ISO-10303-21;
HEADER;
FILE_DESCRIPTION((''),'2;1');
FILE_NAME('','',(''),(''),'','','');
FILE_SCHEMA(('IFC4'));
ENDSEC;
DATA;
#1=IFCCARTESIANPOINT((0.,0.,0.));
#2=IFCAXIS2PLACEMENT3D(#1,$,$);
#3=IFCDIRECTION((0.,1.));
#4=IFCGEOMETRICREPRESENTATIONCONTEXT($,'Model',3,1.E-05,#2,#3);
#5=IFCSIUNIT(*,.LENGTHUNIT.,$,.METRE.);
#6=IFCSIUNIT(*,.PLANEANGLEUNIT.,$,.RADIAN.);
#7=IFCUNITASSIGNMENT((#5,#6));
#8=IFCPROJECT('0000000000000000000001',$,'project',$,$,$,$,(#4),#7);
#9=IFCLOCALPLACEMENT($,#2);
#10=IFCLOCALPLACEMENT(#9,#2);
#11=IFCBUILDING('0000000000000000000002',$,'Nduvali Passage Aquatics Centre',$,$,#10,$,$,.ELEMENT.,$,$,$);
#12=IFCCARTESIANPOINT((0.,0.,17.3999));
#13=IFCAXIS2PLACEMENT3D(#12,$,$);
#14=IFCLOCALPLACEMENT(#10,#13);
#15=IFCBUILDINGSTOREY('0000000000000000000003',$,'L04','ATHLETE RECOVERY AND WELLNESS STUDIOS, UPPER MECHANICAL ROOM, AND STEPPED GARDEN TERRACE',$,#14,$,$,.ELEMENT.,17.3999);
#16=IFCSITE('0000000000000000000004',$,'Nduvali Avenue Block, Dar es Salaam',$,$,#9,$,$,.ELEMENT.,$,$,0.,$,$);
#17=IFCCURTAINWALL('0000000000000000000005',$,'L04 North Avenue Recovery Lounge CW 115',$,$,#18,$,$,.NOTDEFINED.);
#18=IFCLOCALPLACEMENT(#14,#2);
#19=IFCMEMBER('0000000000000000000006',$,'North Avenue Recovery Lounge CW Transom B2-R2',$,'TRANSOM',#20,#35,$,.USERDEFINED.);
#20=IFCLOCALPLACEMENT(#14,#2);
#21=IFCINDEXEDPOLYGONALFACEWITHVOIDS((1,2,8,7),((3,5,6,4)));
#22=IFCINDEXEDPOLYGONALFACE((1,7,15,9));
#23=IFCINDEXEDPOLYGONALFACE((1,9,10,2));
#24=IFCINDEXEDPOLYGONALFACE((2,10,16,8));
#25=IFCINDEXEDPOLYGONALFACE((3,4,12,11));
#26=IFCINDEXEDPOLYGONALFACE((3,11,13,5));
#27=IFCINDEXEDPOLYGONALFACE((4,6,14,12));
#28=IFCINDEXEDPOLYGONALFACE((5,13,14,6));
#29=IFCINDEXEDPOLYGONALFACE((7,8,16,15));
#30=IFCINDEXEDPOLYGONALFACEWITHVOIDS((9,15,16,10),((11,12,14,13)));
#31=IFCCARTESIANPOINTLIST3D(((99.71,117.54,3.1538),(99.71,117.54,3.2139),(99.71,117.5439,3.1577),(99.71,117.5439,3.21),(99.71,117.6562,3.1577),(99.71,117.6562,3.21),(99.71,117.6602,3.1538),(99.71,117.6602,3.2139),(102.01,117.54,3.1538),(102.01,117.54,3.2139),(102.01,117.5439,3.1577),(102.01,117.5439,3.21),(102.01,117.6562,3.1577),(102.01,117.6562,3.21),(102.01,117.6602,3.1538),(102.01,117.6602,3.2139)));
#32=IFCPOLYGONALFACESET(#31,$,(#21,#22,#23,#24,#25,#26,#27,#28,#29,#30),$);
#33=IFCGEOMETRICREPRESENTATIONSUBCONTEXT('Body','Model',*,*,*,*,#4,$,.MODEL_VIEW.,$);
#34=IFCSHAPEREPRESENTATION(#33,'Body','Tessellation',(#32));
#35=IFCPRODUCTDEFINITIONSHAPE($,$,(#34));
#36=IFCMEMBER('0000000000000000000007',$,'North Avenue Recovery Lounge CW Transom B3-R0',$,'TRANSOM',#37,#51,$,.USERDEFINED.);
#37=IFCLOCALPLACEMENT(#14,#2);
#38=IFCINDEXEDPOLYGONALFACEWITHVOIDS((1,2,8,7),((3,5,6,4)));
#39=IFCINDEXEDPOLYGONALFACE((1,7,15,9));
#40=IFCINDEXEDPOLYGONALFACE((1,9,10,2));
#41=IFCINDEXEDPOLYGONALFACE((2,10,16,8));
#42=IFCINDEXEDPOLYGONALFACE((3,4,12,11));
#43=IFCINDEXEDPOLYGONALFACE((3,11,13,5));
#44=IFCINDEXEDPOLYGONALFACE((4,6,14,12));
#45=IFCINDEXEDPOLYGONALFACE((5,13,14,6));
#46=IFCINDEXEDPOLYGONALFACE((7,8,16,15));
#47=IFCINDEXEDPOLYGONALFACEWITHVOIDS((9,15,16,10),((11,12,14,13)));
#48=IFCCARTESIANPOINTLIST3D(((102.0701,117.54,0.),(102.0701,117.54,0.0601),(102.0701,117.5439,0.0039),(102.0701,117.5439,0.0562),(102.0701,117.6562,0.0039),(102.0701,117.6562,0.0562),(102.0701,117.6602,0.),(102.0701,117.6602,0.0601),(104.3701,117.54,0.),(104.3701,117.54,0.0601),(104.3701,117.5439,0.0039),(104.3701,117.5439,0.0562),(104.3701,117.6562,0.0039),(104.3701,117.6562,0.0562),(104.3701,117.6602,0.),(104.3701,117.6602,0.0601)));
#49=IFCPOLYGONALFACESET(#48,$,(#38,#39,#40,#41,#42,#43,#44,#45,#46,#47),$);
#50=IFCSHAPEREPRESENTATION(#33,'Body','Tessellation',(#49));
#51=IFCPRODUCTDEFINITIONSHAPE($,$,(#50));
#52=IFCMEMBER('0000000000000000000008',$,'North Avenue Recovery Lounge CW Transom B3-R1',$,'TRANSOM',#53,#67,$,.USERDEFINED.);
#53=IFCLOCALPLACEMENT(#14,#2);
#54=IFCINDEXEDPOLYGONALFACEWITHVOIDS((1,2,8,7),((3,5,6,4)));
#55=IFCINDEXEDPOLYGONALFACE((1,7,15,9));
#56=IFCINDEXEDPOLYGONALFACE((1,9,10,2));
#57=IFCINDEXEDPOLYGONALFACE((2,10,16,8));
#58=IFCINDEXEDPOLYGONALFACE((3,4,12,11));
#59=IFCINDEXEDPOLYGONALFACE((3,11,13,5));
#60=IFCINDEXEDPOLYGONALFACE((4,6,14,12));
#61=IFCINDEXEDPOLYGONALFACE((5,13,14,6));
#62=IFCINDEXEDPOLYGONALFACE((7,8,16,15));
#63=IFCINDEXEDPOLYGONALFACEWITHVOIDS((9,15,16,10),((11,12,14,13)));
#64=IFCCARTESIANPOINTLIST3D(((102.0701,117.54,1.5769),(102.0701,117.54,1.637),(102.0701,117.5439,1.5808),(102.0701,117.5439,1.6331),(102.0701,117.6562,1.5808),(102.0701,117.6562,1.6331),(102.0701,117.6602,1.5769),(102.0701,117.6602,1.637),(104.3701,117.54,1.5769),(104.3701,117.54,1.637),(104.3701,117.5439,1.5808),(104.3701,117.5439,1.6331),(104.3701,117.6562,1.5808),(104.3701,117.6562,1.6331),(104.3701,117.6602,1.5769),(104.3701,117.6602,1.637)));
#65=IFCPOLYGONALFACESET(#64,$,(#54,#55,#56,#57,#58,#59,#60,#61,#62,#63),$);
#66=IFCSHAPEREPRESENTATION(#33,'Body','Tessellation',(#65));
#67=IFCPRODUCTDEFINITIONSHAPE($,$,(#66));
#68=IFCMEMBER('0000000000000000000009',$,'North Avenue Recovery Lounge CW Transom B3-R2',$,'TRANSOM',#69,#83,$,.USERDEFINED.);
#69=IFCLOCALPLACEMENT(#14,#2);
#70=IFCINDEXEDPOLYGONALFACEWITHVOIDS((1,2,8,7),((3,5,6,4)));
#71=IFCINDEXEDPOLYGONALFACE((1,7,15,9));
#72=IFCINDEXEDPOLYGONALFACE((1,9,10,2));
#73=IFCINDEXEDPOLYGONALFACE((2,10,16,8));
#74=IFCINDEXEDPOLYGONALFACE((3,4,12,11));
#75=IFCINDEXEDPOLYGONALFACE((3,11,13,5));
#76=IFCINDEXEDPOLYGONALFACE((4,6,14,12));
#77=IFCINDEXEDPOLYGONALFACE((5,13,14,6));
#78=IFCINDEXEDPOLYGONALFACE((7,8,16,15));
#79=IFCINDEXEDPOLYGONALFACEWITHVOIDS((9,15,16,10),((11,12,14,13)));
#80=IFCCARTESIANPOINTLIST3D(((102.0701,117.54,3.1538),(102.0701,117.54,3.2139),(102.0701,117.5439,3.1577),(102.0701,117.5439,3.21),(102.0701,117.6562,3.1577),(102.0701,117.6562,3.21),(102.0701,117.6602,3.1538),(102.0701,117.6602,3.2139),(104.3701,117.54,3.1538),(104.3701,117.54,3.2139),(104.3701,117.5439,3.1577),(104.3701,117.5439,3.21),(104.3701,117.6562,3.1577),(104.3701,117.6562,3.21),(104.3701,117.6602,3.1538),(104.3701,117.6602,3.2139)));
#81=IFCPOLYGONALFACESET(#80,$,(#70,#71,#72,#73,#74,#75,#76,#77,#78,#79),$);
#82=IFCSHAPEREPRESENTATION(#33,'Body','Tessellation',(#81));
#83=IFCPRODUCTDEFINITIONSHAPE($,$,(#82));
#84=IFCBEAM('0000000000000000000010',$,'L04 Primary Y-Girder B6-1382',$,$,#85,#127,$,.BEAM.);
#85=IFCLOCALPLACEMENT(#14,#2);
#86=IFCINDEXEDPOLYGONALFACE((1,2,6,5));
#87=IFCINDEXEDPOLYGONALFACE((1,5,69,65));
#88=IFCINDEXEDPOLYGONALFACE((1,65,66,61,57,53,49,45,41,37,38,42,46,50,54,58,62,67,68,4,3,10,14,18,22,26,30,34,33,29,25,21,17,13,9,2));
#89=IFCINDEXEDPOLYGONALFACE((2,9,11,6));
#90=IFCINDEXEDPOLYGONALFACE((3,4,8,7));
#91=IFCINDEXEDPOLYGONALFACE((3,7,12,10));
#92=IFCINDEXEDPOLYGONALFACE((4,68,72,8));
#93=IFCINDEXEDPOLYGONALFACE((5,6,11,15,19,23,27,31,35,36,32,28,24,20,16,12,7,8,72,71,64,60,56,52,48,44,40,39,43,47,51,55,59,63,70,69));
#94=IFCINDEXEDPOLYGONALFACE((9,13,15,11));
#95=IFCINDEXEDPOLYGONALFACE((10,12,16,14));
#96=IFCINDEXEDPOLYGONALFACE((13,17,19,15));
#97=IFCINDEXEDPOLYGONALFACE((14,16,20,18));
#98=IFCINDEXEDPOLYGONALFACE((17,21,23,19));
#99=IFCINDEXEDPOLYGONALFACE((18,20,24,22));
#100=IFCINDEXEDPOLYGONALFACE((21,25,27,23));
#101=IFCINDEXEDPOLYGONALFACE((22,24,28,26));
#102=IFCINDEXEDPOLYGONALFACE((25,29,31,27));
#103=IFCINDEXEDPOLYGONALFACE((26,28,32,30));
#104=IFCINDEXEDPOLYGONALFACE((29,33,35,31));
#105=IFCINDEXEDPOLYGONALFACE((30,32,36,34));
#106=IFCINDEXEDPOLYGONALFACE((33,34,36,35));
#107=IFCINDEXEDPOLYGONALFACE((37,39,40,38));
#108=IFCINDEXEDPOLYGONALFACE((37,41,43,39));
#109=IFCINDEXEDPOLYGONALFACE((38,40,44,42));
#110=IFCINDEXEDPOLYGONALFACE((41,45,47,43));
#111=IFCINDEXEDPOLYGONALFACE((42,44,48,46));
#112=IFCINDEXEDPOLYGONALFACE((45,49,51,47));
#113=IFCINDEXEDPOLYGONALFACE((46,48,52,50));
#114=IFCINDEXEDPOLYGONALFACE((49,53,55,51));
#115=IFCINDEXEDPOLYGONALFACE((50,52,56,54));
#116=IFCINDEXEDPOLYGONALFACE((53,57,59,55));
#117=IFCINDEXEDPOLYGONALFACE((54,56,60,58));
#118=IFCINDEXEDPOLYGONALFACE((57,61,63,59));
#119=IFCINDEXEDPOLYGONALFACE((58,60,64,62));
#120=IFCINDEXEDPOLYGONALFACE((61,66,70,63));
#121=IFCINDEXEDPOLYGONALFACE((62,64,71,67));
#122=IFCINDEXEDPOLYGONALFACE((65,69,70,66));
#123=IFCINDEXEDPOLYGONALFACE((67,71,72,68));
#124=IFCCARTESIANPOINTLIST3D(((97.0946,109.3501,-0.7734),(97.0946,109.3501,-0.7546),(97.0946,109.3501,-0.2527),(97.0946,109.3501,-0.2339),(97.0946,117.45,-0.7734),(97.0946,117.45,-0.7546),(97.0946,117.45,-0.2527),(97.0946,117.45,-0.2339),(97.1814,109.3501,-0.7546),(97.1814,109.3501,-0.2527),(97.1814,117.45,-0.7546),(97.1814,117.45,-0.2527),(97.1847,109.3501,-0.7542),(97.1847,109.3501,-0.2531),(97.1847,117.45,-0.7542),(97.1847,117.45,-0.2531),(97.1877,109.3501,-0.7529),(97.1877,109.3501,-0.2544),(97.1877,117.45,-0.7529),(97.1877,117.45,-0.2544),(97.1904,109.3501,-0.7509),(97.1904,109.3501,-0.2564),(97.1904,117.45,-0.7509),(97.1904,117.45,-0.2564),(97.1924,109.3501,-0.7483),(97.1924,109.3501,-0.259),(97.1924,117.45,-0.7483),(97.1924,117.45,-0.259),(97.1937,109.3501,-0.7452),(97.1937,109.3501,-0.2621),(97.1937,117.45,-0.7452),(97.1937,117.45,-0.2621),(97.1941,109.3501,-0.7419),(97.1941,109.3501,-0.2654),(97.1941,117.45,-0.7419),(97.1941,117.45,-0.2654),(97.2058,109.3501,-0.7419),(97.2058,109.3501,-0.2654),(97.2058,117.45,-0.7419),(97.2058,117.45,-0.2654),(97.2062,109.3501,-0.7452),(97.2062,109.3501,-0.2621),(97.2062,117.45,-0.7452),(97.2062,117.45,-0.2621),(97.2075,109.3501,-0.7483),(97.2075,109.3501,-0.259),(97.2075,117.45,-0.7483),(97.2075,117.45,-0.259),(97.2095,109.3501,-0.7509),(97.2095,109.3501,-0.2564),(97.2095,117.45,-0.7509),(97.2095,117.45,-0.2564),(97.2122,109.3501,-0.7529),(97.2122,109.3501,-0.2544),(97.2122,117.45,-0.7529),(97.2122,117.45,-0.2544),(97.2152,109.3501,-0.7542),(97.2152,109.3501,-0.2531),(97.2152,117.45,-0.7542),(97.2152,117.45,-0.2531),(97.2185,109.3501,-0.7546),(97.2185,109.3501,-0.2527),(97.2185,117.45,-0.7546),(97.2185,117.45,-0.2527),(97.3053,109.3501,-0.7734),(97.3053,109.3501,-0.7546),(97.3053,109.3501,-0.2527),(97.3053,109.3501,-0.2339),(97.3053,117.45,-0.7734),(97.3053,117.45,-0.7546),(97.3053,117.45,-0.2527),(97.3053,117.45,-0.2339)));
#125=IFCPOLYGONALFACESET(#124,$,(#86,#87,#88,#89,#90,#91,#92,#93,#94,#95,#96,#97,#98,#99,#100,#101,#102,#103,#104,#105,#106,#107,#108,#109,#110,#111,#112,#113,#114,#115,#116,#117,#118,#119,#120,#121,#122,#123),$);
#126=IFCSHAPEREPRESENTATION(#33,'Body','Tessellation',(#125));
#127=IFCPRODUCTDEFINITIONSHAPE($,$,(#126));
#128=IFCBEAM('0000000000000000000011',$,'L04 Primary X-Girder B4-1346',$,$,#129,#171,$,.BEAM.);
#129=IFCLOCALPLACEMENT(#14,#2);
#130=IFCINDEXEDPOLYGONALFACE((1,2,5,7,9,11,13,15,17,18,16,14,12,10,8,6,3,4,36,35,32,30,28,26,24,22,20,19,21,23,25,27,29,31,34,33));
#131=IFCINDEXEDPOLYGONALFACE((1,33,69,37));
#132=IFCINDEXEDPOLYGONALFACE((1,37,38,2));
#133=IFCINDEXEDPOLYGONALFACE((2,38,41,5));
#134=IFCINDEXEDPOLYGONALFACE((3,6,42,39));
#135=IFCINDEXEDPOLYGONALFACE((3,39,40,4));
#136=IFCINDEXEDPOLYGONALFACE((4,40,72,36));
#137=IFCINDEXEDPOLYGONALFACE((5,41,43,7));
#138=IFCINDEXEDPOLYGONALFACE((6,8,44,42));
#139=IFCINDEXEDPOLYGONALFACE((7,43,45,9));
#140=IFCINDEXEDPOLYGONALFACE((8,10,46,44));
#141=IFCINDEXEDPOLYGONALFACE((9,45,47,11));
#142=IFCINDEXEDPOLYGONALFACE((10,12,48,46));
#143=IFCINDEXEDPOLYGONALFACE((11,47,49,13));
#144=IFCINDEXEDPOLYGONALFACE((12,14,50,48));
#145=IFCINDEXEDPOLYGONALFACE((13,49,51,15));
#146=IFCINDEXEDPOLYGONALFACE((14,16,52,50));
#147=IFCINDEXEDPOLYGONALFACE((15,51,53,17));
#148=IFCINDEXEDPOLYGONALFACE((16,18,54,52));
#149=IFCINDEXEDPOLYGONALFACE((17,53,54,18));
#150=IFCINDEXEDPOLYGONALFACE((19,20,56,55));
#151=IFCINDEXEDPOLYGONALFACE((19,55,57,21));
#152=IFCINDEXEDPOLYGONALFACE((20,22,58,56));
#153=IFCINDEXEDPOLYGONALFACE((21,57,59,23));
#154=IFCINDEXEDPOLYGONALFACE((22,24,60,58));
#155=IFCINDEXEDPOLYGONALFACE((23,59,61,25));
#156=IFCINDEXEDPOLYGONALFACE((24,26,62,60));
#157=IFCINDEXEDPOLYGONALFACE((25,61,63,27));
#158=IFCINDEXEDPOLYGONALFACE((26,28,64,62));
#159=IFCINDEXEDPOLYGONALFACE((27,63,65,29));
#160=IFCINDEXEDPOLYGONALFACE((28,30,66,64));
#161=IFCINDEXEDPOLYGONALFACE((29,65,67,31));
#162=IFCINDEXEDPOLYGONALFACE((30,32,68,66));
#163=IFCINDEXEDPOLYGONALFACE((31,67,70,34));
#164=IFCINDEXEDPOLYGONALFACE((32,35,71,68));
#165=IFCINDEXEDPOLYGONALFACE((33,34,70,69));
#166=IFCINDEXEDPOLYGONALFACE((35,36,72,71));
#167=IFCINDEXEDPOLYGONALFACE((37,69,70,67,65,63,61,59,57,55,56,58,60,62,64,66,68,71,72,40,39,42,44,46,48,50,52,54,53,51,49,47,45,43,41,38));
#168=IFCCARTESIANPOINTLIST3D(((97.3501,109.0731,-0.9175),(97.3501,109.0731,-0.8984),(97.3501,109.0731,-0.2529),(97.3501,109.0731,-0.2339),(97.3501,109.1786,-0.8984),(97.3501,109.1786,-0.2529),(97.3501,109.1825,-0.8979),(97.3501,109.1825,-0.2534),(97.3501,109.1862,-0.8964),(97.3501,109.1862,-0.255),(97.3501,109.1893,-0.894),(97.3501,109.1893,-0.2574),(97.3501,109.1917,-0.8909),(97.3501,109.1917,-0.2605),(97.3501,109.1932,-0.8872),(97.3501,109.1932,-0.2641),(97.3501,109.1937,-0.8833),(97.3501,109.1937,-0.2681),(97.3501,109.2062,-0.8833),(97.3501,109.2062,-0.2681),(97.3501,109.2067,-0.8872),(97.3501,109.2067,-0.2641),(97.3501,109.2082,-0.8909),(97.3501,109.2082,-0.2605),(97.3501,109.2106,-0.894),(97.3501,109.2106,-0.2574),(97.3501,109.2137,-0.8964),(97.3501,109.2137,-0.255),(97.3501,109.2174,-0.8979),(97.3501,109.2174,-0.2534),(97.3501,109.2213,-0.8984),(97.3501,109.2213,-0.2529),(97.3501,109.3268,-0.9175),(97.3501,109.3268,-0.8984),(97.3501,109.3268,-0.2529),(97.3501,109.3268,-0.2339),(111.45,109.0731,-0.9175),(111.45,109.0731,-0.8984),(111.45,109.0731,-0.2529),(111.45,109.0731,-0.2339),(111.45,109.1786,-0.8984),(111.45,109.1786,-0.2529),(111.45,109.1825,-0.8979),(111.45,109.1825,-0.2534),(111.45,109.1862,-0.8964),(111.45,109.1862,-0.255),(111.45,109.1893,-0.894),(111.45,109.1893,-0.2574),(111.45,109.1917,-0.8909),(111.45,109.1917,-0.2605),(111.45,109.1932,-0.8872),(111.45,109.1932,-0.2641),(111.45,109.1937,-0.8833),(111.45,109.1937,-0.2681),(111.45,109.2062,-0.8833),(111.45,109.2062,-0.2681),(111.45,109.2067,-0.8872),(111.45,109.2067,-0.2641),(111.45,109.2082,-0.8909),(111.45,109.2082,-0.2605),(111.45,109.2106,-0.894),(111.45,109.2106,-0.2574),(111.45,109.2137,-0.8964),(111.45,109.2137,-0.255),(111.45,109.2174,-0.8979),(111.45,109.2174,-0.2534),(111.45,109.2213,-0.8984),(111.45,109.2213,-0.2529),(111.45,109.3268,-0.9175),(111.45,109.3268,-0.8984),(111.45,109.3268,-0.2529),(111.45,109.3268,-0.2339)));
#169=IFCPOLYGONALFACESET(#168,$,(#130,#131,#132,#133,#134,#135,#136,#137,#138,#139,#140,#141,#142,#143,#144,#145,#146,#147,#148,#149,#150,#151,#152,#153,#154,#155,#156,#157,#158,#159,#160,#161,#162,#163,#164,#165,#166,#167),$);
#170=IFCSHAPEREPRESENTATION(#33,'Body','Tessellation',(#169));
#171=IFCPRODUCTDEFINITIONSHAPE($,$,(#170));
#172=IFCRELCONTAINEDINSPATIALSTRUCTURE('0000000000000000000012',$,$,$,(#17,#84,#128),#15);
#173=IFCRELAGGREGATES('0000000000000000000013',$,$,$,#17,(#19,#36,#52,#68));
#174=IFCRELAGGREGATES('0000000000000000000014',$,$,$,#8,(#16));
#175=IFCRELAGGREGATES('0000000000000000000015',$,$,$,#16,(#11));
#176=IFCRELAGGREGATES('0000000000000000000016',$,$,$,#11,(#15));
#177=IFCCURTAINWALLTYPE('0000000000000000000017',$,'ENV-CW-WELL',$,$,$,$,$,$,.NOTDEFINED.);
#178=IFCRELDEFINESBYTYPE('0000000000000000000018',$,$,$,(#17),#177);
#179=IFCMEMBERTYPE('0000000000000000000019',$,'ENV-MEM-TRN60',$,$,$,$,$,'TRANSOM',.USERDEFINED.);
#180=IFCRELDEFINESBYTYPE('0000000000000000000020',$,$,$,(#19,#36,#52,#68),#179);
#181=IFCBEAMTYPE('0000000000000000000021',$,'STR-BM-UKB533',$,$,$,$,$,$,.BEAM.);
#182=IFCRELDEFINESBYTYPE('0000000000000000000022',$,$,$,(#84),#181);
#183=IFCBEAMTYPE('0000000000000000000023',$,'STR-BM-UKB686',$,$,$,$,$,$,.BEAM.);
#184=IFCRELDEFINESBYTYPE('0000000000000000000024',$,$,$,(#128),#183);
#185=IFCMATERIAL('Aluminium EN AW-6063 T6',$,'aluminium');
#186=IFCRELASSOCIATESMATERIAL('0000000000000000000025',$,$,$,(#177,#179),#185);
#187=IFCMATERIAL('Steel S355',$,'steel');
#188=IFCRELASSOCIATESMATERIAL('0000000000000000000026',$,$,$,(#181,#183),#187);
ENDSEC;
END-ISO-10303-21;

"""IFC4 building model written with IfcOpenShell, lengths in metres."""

from ifc_helpers import new_model, si_unit, direction, frame, origin, origin_2d, place, context, subcontext, project, spatial, hollow_rectangle, i_section, extrude, material, material_profile, profile_set, type_object, element, aggregate, save


model = new_model("IFC4")

# Units and contexts
model_context = context("Model", 3, precision=1e-05, world=origin(), true_north=direction((0.0, 1.0)))
body_context = subcontext(model_context, "Body", "Model", "MODEL_VIEW")
ifc_project = project(units=[si_unit("LENGTHUNIT", "METRE"), si_unit("PLANEANGLEUNIT", "RADIAN")], contexts=[model_context])

# Site, building, storey
site_placement = place(None, origin())
site = spatial("IfcSite", under=ifc_project, at=site_placement, Name="Nduvali Avenue Block, Dar es Salaam", CompositionType="ELEMENT", RefElevation=0.0)
building_placement = place(site_placement, origin())
building = spatial("IfcBuilding", under=site, at=building_placement, Name="Nduvali Passage Aquatics Centre", CompositionType="ELEMENT")
storey_placement = place(building_placement, frame((0.0, 0.0, 17.3999)))
storey = spatial("IfcBuildingStorey", under=building, at=storey_placement, Name="L04", Description="ATHLETE RECOVERY AND WELLNESS STUDIOS, UPPER MECHANICAL ROOM, AND STEPPED GARDEN TERRACE", CompositionType="ELEMENT", Elevation=17.3999)

# Shared definitions
ifc_material_1 = material(Name="Steel S355", Category="steel")

# Curtain wall
ifc_material_2 = material(Name="Aluminium EN AW-6063 T6", Category="aluminium")
curtain_wall_type = type_object("IfcCurtainWallType", Name="ENV-CW-WELL", PredefinedType="NOTDEFINED", material=ifc_material_2)
curtain_wall_1_placement = place(storey_placement, origin())
curtain_wall_1 = element("IfcCurtainWall", 1, at=curtain_wall_1_placement, inside=storey, type_object=curtain_wall_type, Name="L04 North Avenue Recovery Lounge CW 115", PredefinedType="NOTDEFINED")

# Members
ifc_material_profile_1 = material_profile(ifc_material_2, hollow_rectangle(XDim=0.1201, YDim=0.0601, WallThickness=0.0039, at=origin_2d()), Name="ALU TRANSOM 120x60x4")
ifc_profile_set_1 = profile_set([ifc_material_profile_1], Name="Aluminium EN AW-6063 T6")
member_type_1 = type_object("IfcMemberType", Name="ENV-MEM-TRN60", ElementType="TRANSOM", PredefinedType="USERDEFINED", material=ifc_profile_set_1)
member_1_placement = place(storey_placement, frame((99.71, 117.6001, 3.1838), z_axis=(1.0, 0.0, 0.0), x_axis=(0.0, 1.0, 0.0)))
member_1 = element("IfcMember", 2, at=member_1_placement, type_object=member_type_1, Name="North Avenue Recovery Lounge CW Transom B2-R2", ObjectType="TRANSOM", PredefinedType="USERDEFINED", context=body_context, shape_type="SweptSolid", body=[
    extrude(hollow_rectangle(XDim=0.1201, YDim=0.0601, WallThickness=0.0039, at=origin_2d()), origin(), (0.0, 0.0, 1.0), 2.3),
])
member_2_placement = place(storey_placement, frame((102.0701, 117.6001, 0.03), z_axis=(1.0, 0.0, 0.0), x_axis=(0.0, 1.0, 0.0)))
member_2 = element("IfcMember", 3, at=member_2_placement, type_object=member_type_1, Name="North Avenue Recovery Lounge CW Transom B3-R0", ObjectType="TRANSOM", PredefinedType="USERDEFINED", context=body_context, shape_type="SweptSolid", body=[
    extrude(hollow_rectangle(XDim=0.1201, YDim=0.0601, WallThickness=0.0039, at=origin_2d()), origin(), (0.0, 0.0, 1.0), 2.3),
])
member_3_placement = place(storey_placement, frame((102.0701, 117.6001, 1.6069), z_axis=(1.0, 0.0, 0.0), x_axis=(0.0, 1.0, 0.0)))
member_3 = element("IfcMember", 4, at=member_3_placement, type_object=member_type_1, Name="North Avenue Recovery Lounge CW Transom B3-R1", ObjectType="TRANSOM", PredefinedType="USERDEFINED", context=body_context, shape_type="SweptSolid", body=[
    extrude(hollow_rectangle(XDim=0.1201, YDim=0.0601, WallThickness=0.0039, at=origin_2d()), origin(), (0.0, 0.0, 1.0), 2.3),
])
member_4_placement = place(storey_placement, frame((102.0701, 117.6001, 3.1838), z_axis=(1.0, 0.0, 0.0), x_axis=(0.0, 1.0, 0.0)))
member_4 = element("IfcMember", 5, at=member_4_placement, type_object=member_type_1, Name="North Avenue Recovery Lounge CW Transom B3-R2", ObjectType="TRANSOM", PredefinedType="USERDEFINED", context=body_context, shape_type="SweptSolid", body=[
    extrude(hollow_rectangle(XDim=0.1201, YDim=0.0601, WallThickness=0.0039, at=origin_2d()), origin(), (0.0, 0.0, 1.0), 2.3),
])

# Beams
ifc_material_profile_2 = material_profile(ifc_material_1, i_section(OverallWidth=0.2107, OverallDepth=0.5396, WebThickness=0.0117, FlangeThickness=0.0188, FilletRadius=0.0127, at=origin_2d()), Name="UKB 533x210x109")
ifc_profile_set_2 = profile_set([ifc_material_profile_2], Name="Steel S355")
beam_type_1 = type_object("IfcBeamType", Name="STR-BM-UKB533", PredefinedType="BEAM", material=ifc_profile_set_2)
beam_1_placement = place(storey_placement, frame((97.2, 109.3501, -0.5037), z_axis=(0.0, 1.0, 0.0), x_axis=(-1.0, 0.0, 0.0)))
element("IfcBeam", 6, at=beam_1_placement, inside=storey, type_object=beam_type_1, Name="L04 Primary Y-Girder B6-1382", PredefinedType="BEAM", context=body_context, shape_type="SweptSolid", body=[
    extrude(i_section(OverallWidth=0.2107, OverallDepth=0.5396, WebThickness=0.0117, FlangeThickness=0.0188, FilletRadius=0.0127, at=origin_2d()), origin(), (0.0, 0.0, 1.0), 8.0999),
])
ifc_material_profile_3 = material_profile(ifc_material_1, i_section(OverallWidth=0.2537, OverallDepth=0.6836, WebThickness=0.0125, FlangeThickness=0.019, FilletRadius=0.0151, at=origin_2d()), Name="UKB 686x254x140")
ifc_profile_set_3 = profile_set([ifc_material_profile_3], Name="Steel S355")
beam_type_2 = type_object("IfcBeamType", Name="STR-BM-UKB686", PredefinedType="BEAM", material=ifc_profile_set_3)
beam_2_placement = place(storey_placement, frame((97.3501, 109.2, -0.5757), z_axis=(1.0, 0.0, 0.0), x_axis=(0.0, 1.0, 0.0)))
element("IfcBeam", 7, at=beam_2_placement, inside=storey, type_object=beam_type_2, Name="L04 Primary X-Girder B4-1346", PredefinedType="BEAM", context=body_context, shape_type="SweptSolid", body=[
    extrude(i_section(OverallWidth=0.2537, OverallDepth=0.6836, WebThickness=0.0125, FlangeThickness=0.019, FilletRadius=0.0151, at=origin_2d()), origin(), (0.0, 0.0, 1.0), 14.0999),
])

aggregate(curtain_wall_1, [member_1, member_2, member_3, member_4])

save(model, "model.ifc")
